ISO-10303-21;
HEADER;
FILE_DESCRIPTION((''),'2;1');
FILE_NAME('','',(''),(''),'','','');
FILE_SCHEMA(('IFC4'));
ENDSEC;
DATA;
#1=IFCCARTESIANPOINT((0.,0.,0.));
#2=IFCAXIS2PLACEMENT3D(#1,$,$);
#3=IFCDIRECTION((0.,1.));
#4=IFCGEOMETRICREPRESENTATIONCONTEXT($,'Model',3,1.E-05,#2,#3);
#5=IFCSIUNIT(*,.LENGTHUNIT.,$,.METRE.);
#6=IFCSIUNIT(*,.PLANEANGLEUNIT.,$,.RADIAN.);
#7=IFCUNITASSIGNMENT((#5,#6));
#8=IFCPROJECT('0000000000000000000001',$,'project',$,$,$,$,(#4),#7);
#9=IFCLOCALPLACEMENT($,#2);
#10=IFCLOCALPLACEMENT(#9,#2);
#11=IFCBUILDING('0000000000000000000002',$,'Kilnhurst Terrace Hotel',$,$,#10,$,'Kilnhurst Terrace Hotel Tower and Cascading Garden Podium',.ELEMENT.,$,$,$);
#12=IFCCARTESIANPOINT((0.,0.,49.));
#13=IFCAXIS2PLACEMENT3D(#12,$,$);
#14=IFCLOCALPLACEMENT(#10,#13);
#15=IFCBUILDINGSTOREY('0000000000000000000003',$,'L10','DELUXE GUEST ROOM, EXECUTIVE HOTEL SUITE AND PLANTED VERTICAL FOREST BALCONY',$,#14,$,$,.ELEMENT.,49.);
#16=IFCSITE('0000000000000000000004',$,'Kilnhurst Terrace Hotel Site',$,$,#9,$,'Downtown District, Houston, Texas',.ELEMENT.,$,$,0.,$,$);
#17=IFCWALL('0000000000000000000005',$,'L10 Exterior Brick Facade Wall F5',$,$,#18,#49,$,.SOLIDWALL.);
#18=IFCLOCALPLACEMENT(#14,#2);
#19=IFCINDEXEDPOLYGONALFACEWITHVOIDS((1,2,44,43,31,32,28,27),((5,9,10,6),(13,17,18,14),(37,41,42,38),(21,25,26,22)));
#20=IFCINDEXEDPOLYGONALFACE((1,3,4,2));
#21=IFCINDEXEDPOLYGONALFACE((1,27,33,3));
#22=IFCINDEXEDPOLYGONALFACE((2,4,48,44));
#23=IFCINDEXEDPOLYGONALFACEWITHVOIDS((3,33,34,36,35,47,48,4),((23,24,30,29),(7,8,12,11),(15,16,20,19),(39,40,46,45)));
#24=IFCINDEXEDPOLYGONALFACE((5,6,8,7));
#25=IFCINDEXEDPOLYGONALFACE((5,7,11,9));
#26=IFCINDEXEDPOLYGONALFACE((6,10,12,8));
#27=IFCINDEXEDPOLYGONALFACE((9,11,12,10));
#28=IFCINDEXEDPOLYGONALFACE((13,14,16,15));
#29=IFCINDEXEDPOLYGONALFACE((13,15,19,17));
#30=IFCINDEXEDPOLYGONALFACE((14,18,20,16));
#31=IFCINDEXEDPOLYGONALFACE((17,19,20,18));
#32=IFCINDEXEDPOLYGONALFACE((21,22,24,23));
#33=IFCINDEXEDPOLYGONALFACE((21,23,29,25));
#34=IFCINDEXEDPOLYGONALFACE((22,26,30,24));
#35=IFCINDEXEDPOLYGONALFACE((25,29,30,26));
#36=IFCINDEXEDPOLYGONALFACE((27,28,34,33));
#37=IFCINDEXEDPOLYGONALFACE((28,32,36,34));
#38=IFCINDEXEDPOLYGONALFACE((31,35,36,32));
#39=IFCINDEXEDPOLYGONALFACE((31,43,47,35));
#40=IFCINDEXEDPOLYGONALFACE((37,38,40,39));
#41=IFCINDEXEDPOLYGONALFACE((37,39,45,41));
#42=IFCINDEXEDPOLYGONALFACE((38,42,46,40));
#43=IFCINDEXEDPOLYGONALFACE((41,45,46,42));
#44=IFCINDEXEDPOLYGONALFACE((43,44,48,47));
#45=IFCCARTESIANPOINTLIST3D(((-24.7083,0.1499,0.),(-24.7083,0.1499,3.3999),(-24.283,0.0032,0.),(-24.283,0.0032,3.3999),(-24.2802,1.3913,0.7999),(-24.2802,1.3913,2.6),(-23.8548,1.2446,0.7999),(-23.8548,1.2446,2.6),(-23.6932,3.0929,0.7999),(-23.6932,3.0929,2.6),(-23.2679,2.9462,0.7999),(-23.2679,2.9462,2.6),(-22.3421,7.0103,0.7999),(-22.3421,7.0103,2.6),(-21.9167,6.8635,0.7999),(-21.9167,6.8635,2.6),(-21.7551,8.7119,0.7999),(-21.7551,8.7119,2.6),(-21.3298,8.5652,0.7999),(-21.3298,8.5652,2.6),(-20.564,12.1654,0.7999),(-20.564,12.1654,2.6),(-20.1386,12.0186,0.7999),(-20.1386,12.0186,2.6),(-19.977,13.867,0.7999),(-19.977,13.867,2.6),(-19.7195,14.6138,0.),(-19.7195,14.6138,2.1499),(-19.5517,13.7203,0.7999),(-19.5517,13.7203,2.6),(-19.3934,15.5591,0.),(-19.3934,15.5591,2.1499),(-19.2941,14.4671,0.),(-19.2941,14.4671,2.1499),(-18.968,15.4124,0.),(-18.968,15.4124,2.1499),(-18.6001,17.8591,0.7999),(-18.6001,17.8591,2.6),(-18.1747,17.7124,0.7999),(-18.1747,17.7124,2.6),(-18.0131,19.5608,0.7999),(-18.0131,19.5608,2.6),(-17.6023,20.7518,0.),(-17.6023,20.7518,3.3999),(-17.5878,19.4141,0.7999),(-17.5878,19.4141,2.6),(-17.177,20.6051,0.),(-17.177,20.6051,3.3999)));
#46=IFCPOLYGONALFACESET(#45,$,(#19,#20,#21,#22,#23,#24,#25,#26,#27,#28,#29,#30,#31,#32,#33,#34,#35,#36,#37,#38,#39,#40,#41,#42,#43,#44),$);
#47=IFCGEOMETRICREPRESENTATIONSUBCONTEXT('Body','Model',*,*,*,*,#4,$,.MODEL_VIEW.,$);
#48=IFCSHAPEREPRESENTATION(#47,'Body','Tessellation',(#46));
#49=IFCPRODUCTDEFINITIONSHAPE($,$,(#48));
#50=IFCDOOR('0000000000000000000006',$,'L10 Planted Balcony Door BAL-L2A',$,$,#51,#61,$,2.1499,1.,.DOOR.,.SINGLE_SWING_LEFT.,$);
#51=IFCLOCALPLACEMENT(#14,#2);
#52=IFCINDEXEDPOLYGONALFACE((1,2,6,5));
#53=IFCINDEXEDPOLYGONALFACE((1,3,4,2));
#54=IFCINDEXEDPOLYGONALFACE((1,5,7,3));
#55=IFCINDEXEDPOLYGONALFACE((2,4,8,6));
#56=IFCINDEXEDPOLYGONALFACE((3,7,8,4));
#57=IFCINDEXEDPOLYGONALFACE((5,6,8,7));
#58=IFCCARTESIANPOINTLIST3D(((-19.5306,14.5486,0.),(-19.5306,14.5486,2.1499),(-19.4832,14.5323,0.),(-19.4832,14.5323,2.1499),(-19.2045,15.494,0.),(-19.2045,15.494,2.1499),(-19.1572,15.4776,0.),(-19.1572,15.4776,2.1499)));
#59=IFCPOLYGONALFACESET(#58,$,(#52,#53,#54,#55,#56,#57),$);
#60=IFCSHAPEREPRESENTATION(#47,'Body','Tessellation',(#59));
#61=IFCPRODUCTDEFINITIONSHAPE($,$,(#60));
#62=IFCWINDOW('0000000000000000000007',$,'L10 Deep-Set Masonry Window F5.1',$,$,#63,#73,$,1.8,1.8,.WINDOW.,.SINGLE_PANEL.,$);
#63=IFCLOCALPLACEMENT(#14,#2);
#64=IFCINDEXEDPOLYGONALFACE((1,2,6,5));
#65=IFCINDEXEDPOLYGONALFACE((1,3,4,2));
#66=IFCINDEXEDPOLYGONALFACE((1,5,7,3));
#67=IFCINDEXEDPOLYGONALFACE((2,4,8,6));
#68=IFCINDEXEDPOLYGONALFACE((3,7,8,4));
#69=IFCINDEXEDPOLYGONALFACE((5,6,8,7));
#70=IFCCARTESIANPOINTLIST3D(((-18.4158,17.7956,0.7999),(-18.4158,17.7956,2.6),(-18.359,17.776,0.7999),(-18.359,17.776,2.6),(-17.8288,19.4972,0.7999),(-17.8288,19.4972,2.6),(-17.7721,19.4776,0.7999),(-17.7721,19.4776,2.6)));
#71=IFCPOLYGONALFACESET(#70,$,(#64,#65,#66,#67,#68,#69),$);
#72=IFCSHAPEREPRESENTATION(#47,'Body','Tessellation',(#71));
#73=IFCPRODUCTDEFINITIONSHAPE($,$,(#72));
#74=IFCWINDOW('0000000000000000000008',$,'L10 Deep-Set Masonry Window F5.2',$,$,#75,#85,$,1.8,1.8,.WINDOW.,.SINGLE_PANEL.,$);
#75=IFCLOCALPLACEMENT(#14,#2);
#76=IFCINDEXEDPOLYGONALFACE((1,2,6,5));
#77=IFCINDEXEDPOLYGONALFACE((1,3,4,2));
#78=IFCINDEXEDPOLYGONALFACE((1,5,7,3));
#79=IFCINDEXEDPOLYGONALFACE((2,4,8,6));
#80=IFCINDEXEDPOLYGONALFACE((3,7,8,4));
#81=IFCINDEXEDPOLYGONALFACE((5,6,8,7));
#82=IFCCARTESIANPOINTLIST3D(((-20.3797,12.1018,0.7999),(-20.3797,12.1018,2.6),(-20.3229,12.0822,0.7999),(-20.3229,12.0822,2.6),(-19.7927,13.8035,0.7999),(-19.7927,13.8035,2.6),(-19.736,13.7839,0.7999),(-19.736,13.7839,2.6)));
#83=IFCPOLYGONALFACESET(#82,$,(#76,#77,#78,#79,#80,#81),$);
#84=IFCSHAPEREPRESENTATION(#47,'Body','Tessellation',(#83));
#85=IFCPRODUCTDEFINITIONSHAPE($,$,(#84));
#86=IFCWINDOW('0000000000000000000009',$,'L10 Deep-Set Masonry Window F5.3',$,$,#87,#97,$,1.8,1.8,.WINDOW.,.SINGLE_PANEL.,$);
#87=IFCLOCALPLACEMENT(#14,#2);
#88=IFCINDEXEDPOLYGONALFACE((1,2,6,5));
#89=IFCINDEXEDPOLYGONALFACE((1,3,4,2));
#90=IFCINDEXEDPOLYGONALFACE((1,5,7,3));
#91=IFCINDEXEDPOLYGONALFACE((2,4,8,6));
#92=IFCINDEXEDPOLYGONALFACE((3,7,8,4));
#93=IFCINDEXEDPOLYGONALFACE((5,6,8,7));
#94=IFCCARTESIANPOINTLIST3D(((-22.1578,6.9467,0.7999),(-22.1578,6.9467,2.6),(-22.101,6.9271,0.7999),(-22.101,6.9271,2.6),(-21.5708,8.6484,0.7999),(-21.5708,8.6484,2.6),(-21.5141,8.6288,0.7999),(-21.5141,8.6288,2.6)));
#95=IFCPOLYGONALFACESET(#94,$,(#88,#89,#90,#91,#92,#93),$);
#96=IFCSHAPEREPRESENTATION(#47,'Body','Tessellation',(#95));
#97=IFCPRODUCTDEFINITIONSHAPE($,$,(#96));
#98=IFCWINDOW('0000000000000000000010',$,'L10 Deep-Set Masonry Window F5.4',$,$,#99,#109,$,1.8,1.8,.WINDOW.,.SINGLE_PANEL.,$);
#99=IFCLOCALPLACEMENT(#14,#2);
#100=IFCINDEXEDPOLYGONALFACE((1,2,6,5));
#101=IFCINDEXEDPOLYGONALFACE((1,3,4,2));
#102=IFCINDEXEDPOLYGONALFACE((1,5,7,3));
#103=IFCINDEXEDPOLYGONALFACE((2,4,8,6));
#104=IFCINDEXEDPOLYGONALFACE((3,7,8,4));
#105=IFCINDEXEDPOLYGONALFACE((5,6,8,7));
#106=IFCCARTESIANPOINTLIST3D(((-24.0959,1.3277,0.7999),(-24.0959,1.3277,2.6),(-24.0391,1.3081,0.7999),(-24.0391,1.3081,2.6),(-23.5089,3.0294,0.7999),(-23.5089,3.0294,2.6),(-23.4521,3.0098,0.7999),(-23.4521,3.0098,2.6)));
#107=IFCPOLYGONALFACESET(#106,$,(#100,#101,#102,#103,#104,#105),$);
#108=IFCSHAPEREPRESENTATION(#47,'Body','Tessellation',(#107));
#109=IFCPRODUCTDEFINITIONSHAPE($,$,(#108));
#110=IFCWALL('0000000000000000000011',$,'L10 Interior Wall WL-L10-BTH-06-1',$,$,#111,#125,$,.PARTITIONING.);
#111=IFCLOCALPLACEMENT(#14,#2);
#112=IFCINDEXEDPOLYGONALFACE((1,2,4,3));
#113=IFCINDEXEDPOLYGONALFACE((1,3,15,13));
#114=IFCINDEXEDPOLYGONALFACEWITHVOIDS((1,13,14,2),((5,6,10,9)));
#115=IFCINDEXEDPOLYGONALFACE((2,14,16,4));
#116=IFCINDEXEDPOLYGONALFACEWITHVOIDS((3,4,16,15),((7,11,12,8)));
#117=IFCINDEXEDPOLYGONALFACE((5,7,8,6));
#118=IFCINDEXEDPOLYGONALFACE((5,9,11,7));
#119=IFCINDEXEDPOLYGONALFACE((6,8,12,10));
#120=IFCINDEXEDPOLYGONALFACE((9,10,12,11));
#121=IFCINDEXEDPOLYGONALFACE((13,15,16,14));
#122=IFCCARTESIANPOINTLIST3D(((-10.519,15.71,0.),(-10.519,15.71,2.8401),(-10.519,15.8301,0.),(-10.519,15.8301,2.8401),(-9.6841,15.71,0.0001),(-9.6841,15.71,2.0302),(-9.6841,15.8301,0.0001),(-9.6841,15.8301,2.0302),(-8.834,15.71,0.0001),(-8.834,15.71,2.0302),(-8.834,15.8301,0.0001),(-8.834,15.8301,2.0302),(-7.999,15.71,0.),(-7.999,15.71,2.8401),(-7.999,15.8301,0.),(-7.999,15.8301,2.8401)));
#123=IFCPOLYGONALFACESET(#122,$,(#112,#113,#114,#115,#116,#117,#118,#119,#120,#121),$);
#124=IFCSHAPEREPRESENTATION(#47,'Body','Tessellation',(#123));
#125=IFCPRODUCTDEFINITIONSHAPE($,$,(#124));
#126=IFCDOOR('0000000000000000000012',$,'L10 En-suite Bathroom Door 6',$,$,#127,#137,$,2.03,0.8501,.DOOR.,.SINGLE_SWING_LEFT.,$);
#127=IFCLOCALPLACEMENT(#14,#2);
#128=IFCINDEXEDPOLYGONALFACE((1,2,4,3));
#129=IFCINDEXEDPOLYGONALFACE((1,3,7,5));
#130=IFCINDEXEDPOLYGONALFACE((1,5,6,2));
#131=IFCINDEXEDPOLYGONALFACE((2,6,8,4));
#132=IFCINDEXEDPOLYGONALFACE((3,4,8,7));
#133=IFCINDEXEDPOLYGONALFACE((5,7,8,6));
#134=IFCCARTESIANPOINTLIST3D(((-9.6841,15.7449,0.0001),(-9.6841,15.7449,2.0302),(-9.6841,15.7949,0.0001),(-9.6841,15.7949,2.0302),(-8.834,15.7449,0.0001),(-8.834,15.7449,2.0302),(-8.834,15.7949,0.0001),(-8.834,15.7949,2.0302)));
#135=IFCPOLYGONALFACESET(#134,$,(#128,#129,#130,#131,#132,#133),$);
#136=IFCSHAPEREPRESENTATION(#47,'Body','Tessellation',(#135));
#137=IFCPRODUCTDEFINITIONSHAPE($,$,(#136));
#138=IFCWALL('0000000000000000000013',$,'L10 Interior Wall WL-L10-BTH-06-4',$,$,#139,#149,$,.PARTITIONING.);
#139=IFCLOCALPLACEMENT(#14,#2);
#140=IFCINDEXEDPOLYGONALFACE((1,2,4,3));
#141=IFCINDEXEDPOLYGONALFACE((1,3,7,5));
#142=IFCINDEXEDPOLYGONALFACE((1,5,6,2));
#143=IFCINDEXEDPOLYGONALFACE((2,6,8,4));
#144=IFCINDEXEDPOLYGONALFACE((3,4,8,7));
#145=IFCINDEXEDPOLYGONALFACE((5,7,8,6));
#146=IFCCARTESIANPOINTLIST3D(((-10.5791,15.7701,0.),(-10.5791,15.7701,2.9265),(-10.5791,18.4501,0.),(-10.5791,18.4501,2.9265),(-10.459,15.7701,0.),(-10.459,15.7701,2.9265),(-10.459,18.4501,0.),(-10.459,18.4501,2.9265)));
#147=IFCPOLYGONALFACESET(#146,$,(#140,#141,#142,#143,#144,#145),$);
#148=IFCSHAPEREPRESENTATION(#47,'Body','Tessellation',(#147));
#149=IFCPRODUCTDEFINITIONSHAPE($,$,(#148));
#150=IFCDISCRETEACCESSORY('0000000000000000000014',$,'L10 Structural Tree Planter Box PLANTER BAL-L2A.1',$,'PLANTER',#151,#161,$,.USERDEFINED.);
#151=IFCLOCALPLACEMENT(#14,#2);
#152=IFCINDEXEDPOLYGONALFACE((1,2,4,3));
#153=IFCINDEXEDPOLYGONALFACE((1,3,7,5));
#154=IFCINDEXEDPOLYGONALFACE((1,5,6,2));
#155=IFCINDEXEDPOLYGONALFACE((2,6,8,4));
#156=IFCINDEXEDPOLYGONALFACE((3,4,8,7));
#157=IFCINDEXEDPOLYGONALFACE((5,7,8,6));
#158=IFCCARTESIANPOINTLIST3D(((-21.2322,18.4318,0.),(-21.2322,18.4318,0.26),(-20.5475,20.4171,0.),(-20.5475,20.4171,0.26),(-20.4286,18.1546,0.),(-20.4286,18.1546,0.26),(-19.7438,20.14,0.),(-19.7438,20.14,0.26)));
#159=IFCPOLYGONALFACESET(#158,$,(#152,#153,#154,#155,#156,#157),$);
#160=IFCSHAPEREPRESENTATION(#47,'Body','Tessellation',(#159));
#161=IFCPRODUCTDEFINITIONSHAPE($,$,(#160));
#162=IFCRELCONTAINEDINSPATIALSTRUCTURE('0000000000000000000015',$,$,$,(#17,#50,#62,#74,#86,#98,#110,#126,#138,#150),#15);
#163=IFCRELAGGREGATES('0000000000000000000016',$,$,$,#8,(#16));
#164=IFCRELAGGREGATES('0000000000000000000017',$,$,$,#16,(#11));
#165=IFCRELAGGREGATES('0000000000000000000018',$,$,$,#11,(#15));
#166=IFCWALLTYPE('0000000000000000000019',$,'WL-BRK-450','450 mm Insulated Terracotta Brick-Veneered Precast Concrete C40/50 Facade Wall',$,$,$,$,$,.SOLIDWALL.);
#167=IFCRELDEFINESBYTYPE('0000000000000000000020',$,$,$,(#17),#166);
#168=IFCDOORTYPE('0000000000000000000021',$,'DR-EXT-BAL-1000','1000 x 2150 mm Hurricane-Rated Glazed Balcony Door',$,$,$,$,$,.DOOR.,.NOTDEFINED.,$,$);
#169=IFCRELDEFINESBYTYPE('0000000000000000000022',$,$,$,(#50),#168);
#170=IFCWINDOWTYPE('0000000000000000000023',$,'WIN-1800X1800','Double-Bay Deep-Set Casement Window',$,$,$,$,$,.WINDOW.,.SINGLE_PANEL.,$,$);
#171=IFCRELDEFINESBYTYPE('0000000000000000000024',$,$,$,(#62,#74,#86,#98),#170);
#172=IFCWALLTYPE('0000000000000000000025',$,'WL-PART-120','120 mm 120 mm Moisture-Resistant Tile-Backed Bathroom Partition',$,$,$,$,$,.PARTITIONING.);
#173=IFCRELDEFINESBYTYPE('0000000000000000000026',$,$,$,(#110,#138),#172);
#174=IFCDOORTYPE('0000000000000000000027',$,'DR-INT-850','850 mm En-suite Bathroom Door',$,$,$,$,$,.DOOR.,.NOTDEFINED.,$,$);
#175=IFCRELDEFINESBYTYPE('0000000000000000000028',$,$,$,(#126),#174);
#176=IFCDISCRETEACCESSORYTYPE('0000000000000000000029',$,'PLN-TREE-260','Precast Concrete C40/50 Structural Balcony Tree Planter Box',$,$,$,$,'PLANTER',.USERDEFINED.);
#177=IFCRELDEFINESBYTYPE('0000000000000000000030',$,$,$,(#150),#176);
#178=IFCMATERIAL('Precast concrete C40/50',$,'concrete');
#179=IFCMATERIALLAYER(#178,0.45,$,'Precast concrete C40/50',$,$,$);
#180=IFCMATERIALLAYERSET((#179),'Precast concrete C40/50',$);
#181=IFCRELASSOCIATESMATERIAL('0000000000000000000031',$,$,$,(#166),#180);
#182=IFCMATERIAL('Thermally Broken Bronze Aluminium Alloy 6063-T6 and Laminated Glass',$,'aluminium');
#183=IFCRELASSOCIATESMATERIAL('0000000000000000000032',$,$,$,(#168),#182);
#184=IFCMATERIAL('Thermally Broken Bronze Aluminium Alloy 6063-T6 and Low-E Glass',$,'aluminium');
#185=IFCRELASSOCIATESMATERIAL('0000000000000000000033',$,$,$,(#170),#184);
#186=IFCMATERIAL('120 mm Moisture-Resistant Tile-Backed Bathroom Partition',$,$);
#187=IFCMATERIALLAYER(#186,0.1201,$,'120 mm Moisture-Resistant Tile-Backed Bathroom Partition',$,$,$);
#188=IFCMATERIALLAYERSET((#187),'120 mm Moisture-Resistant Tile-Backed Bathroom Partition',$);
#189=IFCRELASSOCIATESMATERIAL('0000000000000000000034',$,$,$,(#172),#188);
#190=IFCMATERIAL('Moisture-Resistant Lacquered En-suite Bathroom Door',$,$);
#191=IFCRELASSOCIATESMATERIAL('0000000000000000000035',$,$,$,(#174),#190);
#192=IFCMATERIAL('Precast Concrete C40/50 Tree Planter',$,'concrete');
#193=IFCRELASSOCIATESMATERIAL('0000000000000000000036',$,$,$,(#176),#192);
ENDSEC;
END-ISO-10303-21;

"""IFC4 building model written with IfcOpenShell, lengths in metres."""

from ifc_helpers import new_model, si_unit, direction, frame, frame_2d, origin, origin_2d, place, context, subcontext, project, spatial, rectangle, extrude, material, layer, layer_set, type_object, element, fill, save


model = new_model("IFC4")

# Units and contexts
model_context = context("Model", 3, precision=1e-05, world=origin(), true_north=direction((0.0, 1.0)))
body_context = subcontext(model_context, "Body", "Model", "MODEL_VIEW")
ifc_project = project(units=[si_unit("LENGTHUNIT", "METRE"), si_unit("PLANEANGLEUNIT", "RADIAN")], contexts=[model_context])

# Site, building, storey
site_placement = place(None, origin())
site = spatial("IfcSite", under=ifc_project, at=site_placement, Name="Kilnhurst Terrace Hotel Site", LongName="Downtown District, Houston, Texas", CompositionType="ELEMENT", RefElevation=0.0)
building_placement = place(site_placement, origin())
building = spatial("IfcBuilding", under=site, at=building_placement, Name="Kilnhurst Terrace Hotel", LongName="Kilnhurst Terrace Hotel Tower and Cascading Garden Podium", CompositionType="ELEMENT")
storey_placement = place(building_placement, frame((0.0, 0.0, 49.0)))
storey = spatial("IfcBuildingStorey", under=building, at=storey_placement, Name="L10", Description="DELUXE GUEST ROOM, EXECUTIVE HOTEL SUITE AND PLANTED VERTICAL FOREST BALCONY", CompositionType="ELEMENT", Elevation=49.0)

# Shared definitions
ifc_material_1 = material(Name="Precast concrete C40/50", Category="concrete")
ifc_layer_1 = layer(ifc_material_1, 0.45, Name="Precast concrete C40/50")
ifc_layer_set_1 = layer_set([ifc_layer_1], Name="Precast concrete C40/50")
wall_type_1 = type_object("IfcWallType", Name="WL-BRK-450", Description="450 mm Insulated Terracotta Brick-Veneered Precast Concrete C40/50 Facade Wall", PredefinedType="SOLIDWALL", material=ifc_layer_set_1)

# Wall, openings, door, windows
wall_1_placement = place(storey_placement, frame((-17.3896, 20.6785, 0.0), z_axis=(0.0, 0.0, 1.0), x_axis=(-0.326068, -0.945346, 0.0)))
wall_1 = element("IfcWall", 1, at=wall_1_placement, inside=storey, type_object=wall_type_1, Name="L10 Exterior Brick Facade Wall F5", PredefinedType="SOLIDWALL", context=body_context, shape_type="SweptSolid", body=[
    extrude(rectangle(XDim=21.793, YDim=0.45, at=frame_2d((10.8965, 0.0))), origin(), (0.0, 0.0, 1.0), 3.3999),
])
opening_1_placement = place(wall_1_placement, frame((5.4929, 0.0, 0.0)))
opening_1 = element("IfcOpeningElement", 2, at=opening_1_placement, cuts=wall_1, PredefinedType="OPENING", context=body_context, shape_type="SweptSolid", body=[
    extrude(rectangle(XDim=1.0, YDim=2.1499, at=frame_2d((0.5, 1.075))), frame((0.0, 0.2349, 0.0), z_axis=(0.0, -1.0, 0.0), x_axis=(1.0, 0.0, 0.0)), (0.0, 0.0, 1.0), 0.47),
])
opening_2_placement = place(wall_1_placement, frame((1.26, 0.0, 0.8)))
opening_2 = element("IfcOpeningElement", 3, at=opening_2_placement, cuts=wall_1, PredefinedType="OPENING", context=body_context, shape_type="SweptSolid", body=[
    extrude(rectangle(XDim=1.8, YDim=1.8, at=frame_2d((0.8999, 0.8999))), frame((0.0, 0.2349, 0.0), z_axis=(0.0, -1.0, 0.0), x_axis=(1.0, 0.0, 0.0)), (0.0, 0.0, 1.0), 0.47),
])
opening_3_placement = place(wall_1_placement, frame((7.283, 0.0, 0.8)))
opening_3 = element("IfcOpeningElement", 4, at=opening_3_placement, cuts=wall_1, PredefinedType="OPENING", context=body_context, shape_type="SweptSolid", body=[
    extrude(rectangle(XDim=1.8, YDim=1.8, at=frame_2d((0.8999, 0.8999))), frame((0.0, 0.2349, 0.0), z_axis=(0.0, -1.0, 0.0), x_axis=(1.0, 0.0, 0.0)), (0.0, 0.0, 1.0), 0.47),
])
opening_4_placement = place(wall_1_placement, frame((12.7361, 0.0, 0.8)))
opening_4 = element("IfcOpeningElement", 5, at=opening_4_placement, cuts=wall_1, PredefinedType="OPENING", context=body_context, shape_type="SweptSolid", body=[
    extrude(rectangle(XDim=1.8, YDim=1.8, at=frame_2d((0.8999, 0.8999))), frame((0.0, 0.2349, 0.0), z_axis=(0.0, -1.0, 0.0), x_axis=(1.0, 0.0, 0.0)), (0.0, 0.0, 1.0), 0.47),
])
opening_5_placement = place(wall_1_placement, frame((18.6799, 0.0, 0.8)))
opening_5 = element("IfcOpeningElement", 6, at=opening_5_placement, cuts=wall_1, PredefinedType="OPENING", context=body_context, shape_type="SweptSolid", body=[
    extrude(rectangle(XDim=1.8, YDim=1.8, at=frame_2d((0.8999, 0.8999))), frame((0.0, 0.2349, 0.0), z_axis=(0.0, -1.0, 0.0), x_axis=(1.0, 0.0, 0.0)), (0.0, 0.0, 1.0), 0.47),
])
ifc_material_2 = material(Name="Thermally Broken Bronze Aluminium Alloy 6063-T6 and Laminated Glass", Category="aluminium")
door_type_1 = type_object("IfcDoorType", Name="DR-EXT-BAL-1000", Description="1000 x 2150 mm Hurricane-Rated Glazed Balcony Door", OperationType="NOTDEFINED", PredefinedType="DOOR", material=ifc_material_2)
door_1_placement = place(opening_1_placement, origin())
door_1 = element("IfcDoor", 7, at=door_1_placement, inside=storey, type_object=door_type_1, Name="L10 Planted Balcony Door BAL-L2A", OperationType="SINGLE_SWING_LEFT", OverallHeight=2.1499, OverallWidth=1.0, PredefinedType="DOOR", context=body_context, shape_type="SweptSolid", body=[
    extrude(rectangle(XDim=1.0, YDim=2.1499, at=frame_2d((0.5, 1.075))), frame((0.0, 0.0249, 0.0), z_axis=(0.0, -1.0, 0.0), x_axis=(1.0, 0.0, 0.0)), (0.0, 0.0, 1.0), 0.05),
])
fill(opening_1, door_1)
ifc_material_3 = material(Name="Thermally Broken Bronze Aluminium Alloy 6063-T6 and Low-E Glass", Category="aluminium")
window_type = type_object("IfcWindowType", Name="WIN-1800X1800", Description="Double-Bay Deep-Set Casement Window", PartitioningType="SINGLE_PANEL", PredefinedType="WINDOW", material=ifc_material_3)
window_1_placement = place(opening_2_placement, origin())
window_1 = element("IfcWindow", 8, at=window_1_placement, inside=storey, type_object=window_type, Name="L10 Deep-Set Masonry Window F5.1", OverallHeight=1.8, OverallWidth=1.8, PartitioningType="SINGLE_PANEL", PredefinedType="WINDOW", context=body_context, shape_type="SweptSolid", body=[
    extrude(rectangle(XDim=1.8, YDim=1.8, at=frame_2d((0.8999, 0.8999))), frame((0.0, 0.03, 0.0), z_axis=(0.0, -1.0, 0.0), x_axis=(1.0, 0.0, 0.0)), (0.0, 0.0, 1.0), 0.0601),
])
fill(opening_2, window_1)
window_2_placement = place(opening_3_placement, origin())
window_2 = element("IfcWindow", 9, at=window_2_placement, inside=storey, type_object=window_type, Name="L10 Deep-Set Masonry Window F5.2", OverallHeight=1.8, OverallWidth=1.8, PartitioningType="SINGLE_PANEL", PredefinedType="WINDOW", context=body_context, shape_type="SweptSolid", body=[
    extrude(rectangle(XDim=1.8, YDim=1.8, at=frame_2d((0.8999, 0.8999))), frame((0.0, 0.03, 0.0), z_axis=(0.0, -1.0, 0.0), x_axis=(1.0, 0.0, 0.0)), (0.0, 0.0, 1.0), 0.0601),
])
fill(opening_3, window_2)
window_3_placement = place(opening_4_placement, origin())
window_3 = element("IfcWindow", 10, at=window_3_placement, inside=storey, type_object=window_type, Name="L10 Deep-Set Masonry Window F5.3", OverallHeight=1.8, OverallWidth=1.8, PartitioningType="SINGLE_PANEL", PredefinedType="WINDOW", context=body_context, shape_type="SweptSolid", body=[
    extrude(rectangle(XDim=1.8, YDim=1.8, at=frame_2d((0.8999, 0.8999))), frame((0.0, 0.03, 0.0), z_axis=(0.0, -1.0, 0.0), x_axis=(1.0, 0.0, 0.0)), (0.0, 0.0, 1.0), 0.0601),
])
fill(opening_4, window_3)
window_4_placement = place(opening_5_placement, origin())
window_4 = element("IfcWindow", 11, at=window_4_placement, inside=storey, type_object=window_type, Name="L10 Deep-Set Masonry Window F5.4", OverallHeight=1.8, OverallWidth=1.8, PartitioningType="SINGLE_PANEL", PredefinedType="WINDOW", context=body_context, shape_type="SweptSolid", body=[
    extrude(rectangle(XDim=1.8, YDim=1.8, at=frame_2d((0.8999, 0.8999))), frame((0.0, 0.03, 0.0), z_axis=(0.0, -1.0, 0.0), x_axis=(1.0, 0.0, 0.0)), (0.0, 0.0, 1.0), 0.0601),
])
fill(opening_5, window_4)

# Wall, opening, door
ifc_material_4 = material(Name="120 mm Moisture-Resistant Tile-Backed Bathroom Partition")
ifc_layer_2 = layer(ifc_material_4, 0.1201, Name="120 mm Moisture-Resistant Tile-Backed Bathroom Partition")
ifc_layer_set_2 = layer_set([ifc_layer_2], Name="120 mm Moisture-Resistant Tile-Backed Bathroom Partition")
wall_type_2 = type_object("IfcWallType", Name="WL-PART-120", Description="120 mm 120 mm Moisture-Resistant Tile-Backed Bathroom Partition", PredefinedType="PARTITIONING", material=ifc_layer_set_2)
wall_2_placement = place(storey_placement, frame((-10.519, 15.77, 0.0), z_axis=(0.0, 0.0, 1.0), x_axis=(1.0, 0.0, 0.0)))
wall_2 = element("IfcWall", 12, at=wall_2_placement, inside=storey, type_object=wall_type_2, Name="L10 Interior Wall WL-L10-BTH-06-1", PredefinedType="PARTITIONING", context=body_context, shape_type="SweptSolid", body=[
    extrude(rectangle(XDim=2.52, YDim=0.1201, at=frame_2d((1.26, 0.0))), origin(), (0.0, 0.0, 1.0), 2.8401),
])
opening_6_placement = place(wall_2_placement, frame((0.835, 0.0, 0.0)))
opening_6 = element("IfcOpeningElement", 13, at=opening_6_placement, cuts=wall_2, PredefinedType="OPENING", context=body_context, shape_type="SweptSolid", body=[
    extrude(rectangle(XDim=0.8501, YDim=2.03, at=frame_2d((0.425, 1.0151))), frame((0.0, 0.0701, 0.0), z_axis=(0.0, -1.0, 0.0), x_axis=(1.0, 0.0, 0.0)), (0.0, 0.0, 1.0), 0.1401),
])
ifc_material_5 = material(Name="Moisture-Resistant Lacquered En-suite Bathroom Door")
door_type_2 = type_object("IfcDoorType", Name="DR-INT-850", Description="850 mm En-suite Bathroom Door", OperationType="NOTDEFINED", PredefinedType="DOOR", material=ifc_material_5)
door_2_placement = place(opening_6_placement, origin())
door_2 = element("IfcDoor", 14, at=door_2_placement, inside=storey, type_object=door_type_2, Name="L10 En-suite Bathroom Door 6", OperationType="SINGLE_SWING_LEFT", OverallHeight=2.03, OverallWidth=0.8501, PredefinedType="DOOR", context=body_context, shape_type="SweptSolid", body=[
    extrude(rectangle(XDim=0.8501, YDim=2.03, at=frame_2d((0.425, 1.0151))), frame((0.0, 0.0249, 0.0), z_axis=(0.0, -1.0, 0.0), x_axis=(1.0, 0.0, 0.0)), (0.0, 0.0, 1.0), 0.05),
])
fill(opening_6, door_2)

# Wall
wall_3_placement = place(storey_placement, frame((-10.519, 18.45, 0.0), z_axis=(0.0, 0.0, 1.0), x_axis=(0.0, -1.0, 0.0)))
element("IfcWall", 15, at=wall_3_placement, inside=storey, type_object=wall_type_2, Name="L10 Interior Wall WL-L10-BTH-06-4", PredefinedType="PARTITIONING", context=body_context, shape_type="SweptSolid", body=[
    extrude(rectangle(XDim=2.6799, YDim=0.1201, at=frame_2d((1.3398, 0.0))), origin(), (0.0, 0.0, 1.0), 2.9265),
])

# Discrete accessory
ifc_material_6 = material(Name="Precast Concrete C40/50 Tree Planter", Category="concrete")
discrete_accessory_type = type_object("IfcDiscreteAccessoryType", Name="PLN-TREE-260", Description="Precast Concrete C40/50 Structural Balcony Tree Planter Box", ElementType="PLANTER", PredefinedType="USERDEFINED", material=ifc_material_6)
discrete_accessory_placement = place(storey_placement, frame((-20.488, 19.2859, 0.0), z_axis=(0.0, 0.0, 1.0), x_axis=(-0.326063, -0.945348, 0.0)))
element("IfcDiscreteAccessory", 16, at=discrete_accessory_placement, inside=storey, type_object=discrete_accessory_type, Name="L10 Structural Tree Planter Box PLANTER BAL-L2A.1", ObjectType="PLANTER", PredefinedType="USERDEFINED", context=body_context, shape_type="SweptSolid", body=[
    extrude(rectangle(XDim=2.1001, YDim=0.8501, at=origin_2d()), origin(), (0.0, 0.0, 1.0), 0.26),
])

save(model, "model.ifc")
